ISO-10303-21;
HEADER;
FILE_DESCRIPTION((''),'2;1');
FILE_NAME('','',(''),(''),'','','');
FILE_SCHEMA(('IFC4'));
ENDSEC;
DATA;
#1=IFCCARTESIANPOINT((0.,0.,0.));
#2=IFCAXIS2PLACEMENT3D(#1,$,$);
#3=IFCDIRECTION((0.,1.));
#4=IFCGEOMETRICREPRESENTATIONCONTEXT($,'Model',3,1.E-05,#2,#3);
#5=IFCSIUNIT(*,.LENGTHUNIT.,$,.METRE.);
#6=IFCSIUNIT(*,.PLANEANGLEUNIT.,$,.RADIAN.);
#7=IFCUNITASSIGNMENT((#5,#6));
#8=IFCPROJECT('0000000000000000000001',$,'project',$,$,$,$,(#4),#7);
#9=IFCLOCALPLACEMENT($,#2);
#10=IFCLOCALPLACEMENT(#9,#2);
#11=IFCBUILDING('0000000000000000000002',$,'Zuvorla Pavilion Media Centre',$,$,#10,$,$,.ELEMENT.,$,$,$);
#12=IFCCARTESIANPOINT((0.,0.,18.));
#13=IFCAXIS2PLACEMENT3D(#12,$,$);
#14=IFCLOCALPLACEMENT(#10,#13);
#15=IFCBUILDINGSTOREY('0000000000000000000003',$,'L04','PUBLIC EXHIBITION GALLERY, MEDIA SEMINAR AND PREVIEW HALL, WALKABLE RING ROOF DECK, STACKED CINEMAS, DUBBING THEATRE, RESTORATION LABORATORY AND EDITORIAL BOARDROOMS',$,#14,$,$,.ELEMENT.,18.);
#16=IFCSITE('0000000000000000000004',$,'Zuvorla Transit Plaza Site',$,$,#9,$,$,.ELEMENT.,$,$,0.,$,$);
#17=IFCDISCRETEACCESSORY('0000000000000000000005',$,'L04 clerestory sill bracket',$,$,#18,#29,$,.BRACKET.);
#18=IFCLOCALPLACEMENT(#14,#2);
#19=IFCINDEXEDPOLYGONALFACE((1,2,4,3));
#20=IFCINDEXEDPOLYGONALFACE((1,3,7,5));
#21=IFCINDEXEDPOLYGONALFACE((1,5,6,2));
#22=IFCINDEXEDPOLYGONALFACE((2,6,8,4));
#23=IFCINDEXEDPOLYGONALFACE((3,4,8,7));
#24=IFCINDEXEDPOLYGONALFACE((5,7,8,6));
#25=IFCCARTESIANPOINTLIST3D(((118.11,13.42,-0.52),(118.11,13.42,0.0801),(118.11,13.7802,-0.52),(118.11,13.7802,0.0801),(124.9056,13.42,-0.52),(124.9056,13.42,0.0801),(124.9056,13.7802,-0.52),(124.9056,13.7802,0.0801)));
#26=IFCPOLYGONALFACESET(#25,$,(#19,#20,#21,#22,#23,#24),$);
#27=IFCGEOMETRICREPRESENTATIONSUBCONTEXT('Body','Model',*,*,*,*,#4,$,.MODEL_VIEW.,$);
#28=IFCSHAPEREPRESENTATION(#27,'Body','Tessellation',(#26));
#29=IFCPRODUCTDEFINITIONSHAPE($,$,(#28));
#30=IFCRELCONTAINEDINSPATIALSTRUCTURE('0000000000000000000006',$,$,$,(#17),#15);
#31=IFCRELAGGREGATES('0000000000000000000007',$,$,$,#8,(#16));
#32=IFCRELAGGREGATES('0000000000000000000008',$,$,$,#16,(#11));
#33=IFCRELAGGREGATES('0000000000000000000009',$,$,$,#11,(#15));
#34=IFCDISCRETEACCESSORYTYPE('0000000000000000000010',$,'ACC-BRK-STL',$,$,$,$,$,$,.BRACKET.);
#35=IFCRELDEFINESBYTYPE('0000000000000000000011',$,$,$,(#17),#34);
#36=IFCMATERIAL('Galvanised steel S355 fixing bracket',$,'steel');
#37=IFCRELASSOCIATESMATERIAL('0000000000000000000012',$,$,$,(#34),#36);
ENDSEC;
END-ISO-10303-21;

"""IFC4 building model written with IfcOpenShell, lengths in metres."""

from ifc_helpers import new_model, si_unit, direction, frame, origin, origin_2d, place, context, subcontext, project, spatial, rectangle, extrude, material, type_object, element, save


model = new_model("IFC4")

# Units and contexts
model_context = context("Model", 3, precision=1e-05, world=origin(), true_north=direction((0.0, 1.0)))
body_context = subcontext(model_context, "Body", "Model", "MODEL_VIEW")
ifc_project = project(units=[si_unit("LENGTHUNIT", "METRE"), si_unit("PLANEANGLEUNIT", "RADIAN")], contexts=[model_context])

# Site, building, storey
site_placement = place(None, origin())
site = spatial("IfcSite", under=ifc_project, at=site_placement, Name="Zuvorla Transit Plaza Site", CompositionType="ELEMENT", RefElevation=0.0)
building_placement = place(site_placement, origin())
building = spatial("IfcBuilding", under=site, at=building_placement, Name="Zuvorla Pavilion Media Centre", CompositionType="ELEMENT")
storey_placement = place(building_placement, frame((0.0, 0.0, 18.0)))
storey = spatial("IfcBuildingStorey", under=building, at=storey_placement, Name="L04", Description="PUBLIC EXHIBITION GALLERY, MEDIA SEMINAR AND PREVIEW HALL, WALKABLE RING ROOF DECK, STACKED CINEMAS, DUBBING THEATRE, RESTORATION LABORATORY AND EDITORIAL BOARDROOMS", CompositionType="ELEMENT", Elevation=18.0)

# Discrete accessory
ifc_material_1 = material(Name="Galvanised steel S355 fixing bracket", Category="steel")
discrete_accessory_type = type_object("IfcDiscreteAccessoryType", Name="ACC-BRK-STL", PredefinedType="BRACKET", material=ifc_material_1)
discrete_accessory_placement = place(storey_placement, frame((121.5078, 13.6001, -0.52), z_axis=(0.0, 0.0, 1.0), x_axis=(1.0, 0.0, 0.0)))
element("IfcDiscreteAccessory", 1, at=discrete_accessory_placement, inside=storey, type_object=discrete_accessory_type, Name="L04 clerestory sill bracket", PredefinedType="BRACKET", context=body_context, shape_type="SweptSolid", body=[
    extrude(rectangle(XDim=6.7957, YDim=0.3601, at=origin_2d()), origin(), (0.0, 0.0, 1.0), 0.6001),
])

save(model, "model.ifc")
